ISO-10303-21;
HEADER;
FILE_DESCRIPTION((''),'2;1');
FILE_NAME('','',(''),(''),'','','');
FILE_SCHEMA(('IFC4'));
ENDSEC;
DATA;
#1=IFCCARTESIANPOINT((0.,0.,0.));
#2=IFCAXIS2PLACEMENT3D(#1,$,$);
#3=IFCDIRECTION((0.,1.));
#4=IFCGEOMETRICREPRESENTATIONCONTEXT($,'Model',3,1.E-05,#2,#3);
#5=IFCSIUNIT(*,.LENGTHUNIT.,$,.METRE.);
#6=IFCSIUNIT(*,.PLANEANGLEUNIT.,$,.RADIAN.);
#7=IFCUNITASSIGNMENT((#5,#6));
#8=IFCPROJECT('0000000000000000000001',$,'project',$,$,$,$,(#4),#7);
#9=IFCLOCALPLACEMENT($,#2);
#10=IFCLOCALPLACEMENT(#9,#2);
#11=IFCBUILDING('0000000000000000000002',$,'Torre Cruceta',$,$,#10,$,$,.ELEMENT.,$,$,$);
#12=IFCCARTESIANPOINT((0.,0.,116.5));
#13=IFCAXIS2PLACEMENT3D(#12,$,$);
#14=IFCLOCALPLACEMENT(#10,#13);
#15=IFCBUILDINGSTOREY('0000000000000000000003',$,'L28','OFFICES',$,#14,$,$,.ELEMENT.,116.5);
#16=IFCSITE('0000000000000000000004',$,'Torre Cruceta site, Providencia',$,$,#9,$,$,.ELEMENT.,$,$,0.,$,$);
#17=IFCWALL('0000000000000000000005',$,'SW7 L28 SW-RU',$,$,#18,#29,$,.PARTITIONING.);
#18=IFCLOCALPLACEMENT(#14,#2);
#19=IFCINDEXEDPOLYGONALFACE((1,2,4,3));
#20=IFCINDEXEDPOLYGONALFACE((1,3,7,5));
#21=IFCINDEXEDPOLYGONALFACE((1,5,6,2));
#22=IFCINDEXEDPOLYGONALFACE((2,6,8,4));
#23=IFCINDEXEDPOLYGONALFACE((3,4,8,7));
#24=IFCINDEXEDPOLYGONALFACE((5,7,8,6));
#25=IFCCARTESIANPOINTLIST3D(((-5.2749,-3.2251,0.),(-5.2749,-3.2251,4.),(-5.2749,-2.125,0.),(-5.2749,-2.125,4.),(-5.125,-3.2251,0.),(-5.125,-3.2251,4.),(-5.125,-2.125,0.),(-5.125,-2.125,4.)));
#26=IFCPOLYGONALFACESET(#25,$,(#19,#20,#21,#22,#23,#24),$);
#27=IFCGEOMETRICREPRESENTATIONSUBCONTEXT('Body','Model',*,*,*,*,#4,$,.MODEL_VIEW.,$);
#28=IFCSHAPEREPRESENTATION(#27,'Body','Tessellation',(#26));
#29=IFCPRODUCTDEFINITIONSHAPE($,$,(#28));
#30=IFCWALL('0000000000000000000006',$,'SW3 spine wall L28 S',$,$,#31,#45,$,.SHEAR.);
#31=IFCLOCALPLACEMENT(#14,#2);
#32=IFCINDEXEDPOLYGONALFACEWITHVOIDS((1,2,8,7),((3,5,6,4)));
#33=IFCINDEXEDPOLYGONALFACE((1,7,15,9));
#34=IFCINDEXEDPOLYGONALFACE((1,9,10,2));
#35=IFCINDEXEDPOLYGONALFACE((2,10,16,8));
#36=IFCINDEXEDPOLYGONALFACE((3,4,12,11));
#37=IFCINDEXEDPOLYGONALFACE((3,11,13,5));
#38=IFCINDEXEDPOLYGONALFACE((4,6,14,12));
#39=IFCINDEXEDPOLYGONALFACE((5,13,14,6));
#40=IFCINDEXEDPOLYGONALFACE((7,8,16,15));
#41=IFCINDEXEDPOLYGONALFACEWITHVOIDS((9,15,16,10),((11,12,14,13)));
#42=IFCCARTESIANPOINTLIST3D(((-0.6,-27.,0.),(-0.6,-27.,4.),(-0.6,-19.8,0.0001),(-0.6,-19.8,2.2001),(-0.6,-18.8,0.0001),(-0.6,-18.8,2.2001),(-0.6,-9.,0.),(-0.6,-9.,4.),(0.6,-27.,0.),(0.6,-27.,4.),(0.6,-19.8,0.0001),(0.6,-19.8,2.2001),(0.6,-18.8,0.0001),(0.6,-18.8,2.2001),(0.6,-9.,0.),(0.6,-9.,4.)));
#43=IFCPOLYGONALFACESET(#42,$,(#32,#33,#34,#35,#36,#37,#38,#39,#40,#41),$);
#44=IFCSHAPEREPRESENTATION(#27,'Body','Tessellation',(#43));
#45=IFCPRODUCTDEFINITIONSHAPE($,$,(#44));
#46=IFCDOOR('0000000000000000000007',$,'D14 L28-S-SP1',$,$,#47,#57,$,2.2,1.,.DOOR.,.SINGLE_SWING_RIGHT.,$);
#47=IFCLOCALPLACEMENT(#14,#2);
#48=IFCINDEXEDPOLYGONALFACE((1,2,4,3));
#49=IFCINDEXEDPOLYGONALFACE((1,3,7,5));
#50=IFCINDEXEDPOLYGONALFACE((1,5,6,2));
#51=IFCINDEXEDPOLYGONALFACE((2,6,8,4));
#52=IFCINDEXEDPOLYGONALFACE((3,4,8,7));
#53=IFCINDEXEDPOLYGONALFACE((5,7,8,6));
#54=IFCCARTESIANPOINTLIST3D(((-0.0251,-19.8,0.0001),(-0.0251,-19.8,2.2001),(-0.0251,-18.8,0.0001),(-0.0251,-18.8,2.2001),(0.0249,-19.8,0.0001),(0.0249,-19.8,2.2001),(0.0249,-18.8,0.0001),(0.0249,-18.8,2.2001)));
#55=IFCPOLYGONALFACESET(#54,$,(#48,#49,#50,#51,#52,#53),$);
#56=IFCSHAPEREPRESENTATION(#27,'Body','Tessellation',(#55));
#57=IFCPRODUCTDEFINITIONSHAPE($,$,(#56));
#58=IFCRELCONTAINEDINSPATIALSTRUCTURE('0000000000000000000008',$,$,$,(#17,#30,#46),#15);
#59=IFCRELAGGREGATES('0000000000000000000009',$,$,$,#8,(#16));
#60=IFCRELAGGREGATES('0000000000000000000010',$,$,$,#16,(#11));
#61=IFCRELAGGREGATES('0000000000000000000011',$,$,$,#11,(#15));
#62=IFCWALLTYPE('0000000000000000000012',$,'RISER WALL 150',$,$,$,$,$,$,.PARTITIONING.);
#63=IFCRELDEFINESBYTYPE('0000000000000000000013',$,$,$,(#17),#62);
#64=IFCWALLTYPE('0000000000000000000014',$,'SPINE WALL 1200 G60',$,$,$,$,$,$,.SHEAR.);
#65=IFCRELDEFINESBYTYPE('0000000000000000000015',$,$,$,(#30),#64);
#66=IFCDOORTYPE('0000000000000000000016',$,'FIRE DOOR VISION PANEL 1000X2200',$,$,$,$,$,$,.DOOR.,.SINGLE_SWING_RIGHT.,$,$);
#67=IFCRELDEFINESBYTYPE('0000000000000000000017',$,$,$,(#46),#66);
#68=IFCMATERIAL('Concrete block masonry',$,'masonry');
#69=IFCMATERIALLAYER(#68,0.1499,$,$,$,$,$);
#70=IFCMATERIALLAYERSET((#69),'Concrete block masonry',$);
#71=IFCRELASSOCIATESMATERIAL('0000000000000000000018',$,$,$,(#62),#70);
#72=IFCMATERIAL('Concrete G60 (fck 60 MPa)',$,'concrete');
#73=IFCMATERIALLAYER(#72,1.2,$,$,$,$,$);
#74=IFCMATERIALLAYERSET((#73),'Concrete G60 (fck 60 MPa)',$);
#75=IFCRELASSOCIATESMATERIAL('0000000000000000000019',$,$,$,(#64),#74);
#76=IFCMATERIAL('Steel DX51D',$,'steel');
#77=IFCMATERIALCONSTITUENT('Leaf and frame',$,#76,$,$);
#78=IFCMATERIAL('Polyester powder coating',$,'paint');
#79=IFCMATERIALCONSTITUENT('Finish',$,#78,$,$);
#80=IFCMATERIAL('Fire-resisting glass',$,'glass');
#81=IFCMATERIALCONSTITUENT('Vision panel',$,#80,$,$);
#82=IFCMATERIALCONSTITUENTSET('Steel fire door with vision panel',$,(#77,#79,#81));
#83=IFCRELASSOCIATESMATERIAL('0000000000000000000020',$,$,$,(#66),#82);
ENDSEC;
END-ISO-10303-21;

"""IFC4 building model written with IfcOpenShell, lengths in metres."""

from ifc_helpers import new_model, si_unit, direction, frame, frame_2d, origin, place, context, subcontext, project, spatial, rectangle, extrude, material, layer, layer_set, constituent, constituent_set, type_object, element, fill, save


model = new_model("IFC4")

# Units and contexts
model_context = context("Model", 3, precision=1e-05, world=origin(), true_north=direction((0.0, 1.0)))
body_context = subcontext(model_context, "Body", "Model", "MODEL_VIEW")
ifc_project = project(units=[si_unit("LENGTHUNIT", "METRE"), si_unit("PLANEANGLEUNIT", "RADIAN")], contexts=[model_context])

# Site, building, storey
site_placement = place(None, origin())
site = spatial("IfcSite", under=ifc_project, at=site_placement, Name="Torre Cruceta site, Providencia", CompositionType="ELEMENT", RefElevation=0.0)
building_placement = place(site_placement, origin())
building = spatial("IfcBuilding", under=site, at=building_placement, Name="Torre Cruceta", CompositionType="ELEMENT")
storey_placement = place(building_placement, frame((0.0, 0.0, 116.5)))
storey = spatial("IfcBuildingStorey", under=building, at=storey_placement, Name="L28", Description="OFFICES", CompositionType="ELEMENT", Elevation=116.5)

# Shared definitions
ifc_material_1 = material(Name="Concrete block masonry", Category="masonry")
ifc_layer_1 = layer(ifc_material_1, 0.1499)
ifc_layer_set_1 = layer_set([ifc_layer_1], Name="Concrete block masonry")
wall_type_1 = type_object("IfcWallType", Name="RISER WALL 150", PredefinedType="PARTITIONING", material=ifc_layer_set_1)

# Wall
wall_1_placement = place(storey_placement, frame((-5.2, -2.125, 0.0), z_axis=(0.0, 0.0, 1.0), x_axis=(0.0, -1.0, 0.0)))
element("IfcWall", 1, at=wall_1_placement, inside=storey, type_object=wall_type_1, Name="SW7 L28 SW-RU", PredefinedType="PARTITIONING", context=body_context, shape_type="SweptSolid", body=[
    extrude(rectangle(XDim=1.1001, YDim=0.1499, at=frame_2d((0.55, 0.0))), origin(), (0.0, 0.0, 1.0), 4.0),
])

# Wall, opening, door
ifc_material_2 = material(Name="Concrete G60 (fck 60 MPa)", Category="concrete")
ifc_layer_2 = layer(ifc_material_2, 1.2)
ifc_layer_set_2 = layer_set([ifc_layer_2], Name="Concrete G60 (fck 60 MPa)")
wall_type_2 = type_object("IfcWallType", Name="SPINE WALL 1200 G60", PredefinedType="SHEAR", material=ifc_layer_set_2)
wall_2_placement = place(storey_placement, frame((0.0, -9.0, 0.0), z_axis=(0.0, 0.0, 1.0), x_axis=(0.0, -1.0, 0.0)))
wall_2 = element("IfcWall", 2, at=wall_2_placement, inside=storey, type_object=wall_type_2, Name="SW3 spine wall L28 S", PredefinedType="SHEAR", context=body_context, shape_type="SweptSolid", body=[
    extrude(rectangle(XDim=18.0, YDim=1.2, at=frame_2d((9.0, 0.0))), origin(), (0.0, 0.0, 1.0), 4.0),
])
opening_1_placement = place(wall_2_placement, frame((9.8, 0.0, 0.0)))
opening_1 = element("IfcOpeningElement", 3, at=opening_1_placement, cuts=wall_2, PredefinedType="OPENING", context=body_context, shape_type="SweptSolid", body=[
    extrude(rectangle(XDim=1.0, YDim=2.2, at=frame_2d((0.5, 1.1001))), frame((0.0, 0.6099, 0.0), z_axis=(0.0, -1.0, 0.0), x_axis=(1.0, 0.0, 0.0)), (0.0, 0.0, 1.0), 1.22),
])
ifc_material_3 = material(Name="Steel DX51D", Category="steel")
ifc_constituent_1 = constituent(ifc_material_3, Name="Leaf and frame")
ifc_material_4 = material(Name="Polyester powder coating", Category="paint")
ifc_constituent_2 = constituent(ifc_material_4, Name="Finish")
ifc_material_5 = material(Name="Fire-resisting glass", Category="glass")
ifc_constituent_3 = constituent(ifc_material_5, Name="Vision panel")
ifc_constituent_set_1 = constituent_set(constituents=[ifc_constituent_1, ifc_constituent_2, ifc_constituent_3], Name="Steel fire door with vision panel")
door_type_1 = type_object("IfcDoorType", Name="FIRE DOOR VISION PANEL 1000X2200", OperationType="SINGLE_SWING_RIGHT", PredefinedType="DOOR", material=ifc_constituent_set_1)
door_1_placement = place(opening_1_placement, origin())
door_1 = element("IfcDoor", 4, at=door_1_placement, inside=storey, type_object=door_type_1, Name="D14 L28-S-SP1", OperationType="SINGLE_SWING_RIGHT", OverallHeight=2.2, OverallWidth=1.0, PredefinedType="DOOR", context=body_context, shape_type="SweptSolid", body=[
    extrude(rectangle(XDim=1.0, YDim=2.2, at=frame_2d((0.5, 1.1001))), frame((0.0, 0.0249, 0.0), z_axis=(0.0, -1.0, 0.0), x_axis=(1.0, 0.0, 0.0)), (0.0, 0.0, 1.0), 0.05),
])
fill(opening_1, door_1)

save(model, "model.ifc")
